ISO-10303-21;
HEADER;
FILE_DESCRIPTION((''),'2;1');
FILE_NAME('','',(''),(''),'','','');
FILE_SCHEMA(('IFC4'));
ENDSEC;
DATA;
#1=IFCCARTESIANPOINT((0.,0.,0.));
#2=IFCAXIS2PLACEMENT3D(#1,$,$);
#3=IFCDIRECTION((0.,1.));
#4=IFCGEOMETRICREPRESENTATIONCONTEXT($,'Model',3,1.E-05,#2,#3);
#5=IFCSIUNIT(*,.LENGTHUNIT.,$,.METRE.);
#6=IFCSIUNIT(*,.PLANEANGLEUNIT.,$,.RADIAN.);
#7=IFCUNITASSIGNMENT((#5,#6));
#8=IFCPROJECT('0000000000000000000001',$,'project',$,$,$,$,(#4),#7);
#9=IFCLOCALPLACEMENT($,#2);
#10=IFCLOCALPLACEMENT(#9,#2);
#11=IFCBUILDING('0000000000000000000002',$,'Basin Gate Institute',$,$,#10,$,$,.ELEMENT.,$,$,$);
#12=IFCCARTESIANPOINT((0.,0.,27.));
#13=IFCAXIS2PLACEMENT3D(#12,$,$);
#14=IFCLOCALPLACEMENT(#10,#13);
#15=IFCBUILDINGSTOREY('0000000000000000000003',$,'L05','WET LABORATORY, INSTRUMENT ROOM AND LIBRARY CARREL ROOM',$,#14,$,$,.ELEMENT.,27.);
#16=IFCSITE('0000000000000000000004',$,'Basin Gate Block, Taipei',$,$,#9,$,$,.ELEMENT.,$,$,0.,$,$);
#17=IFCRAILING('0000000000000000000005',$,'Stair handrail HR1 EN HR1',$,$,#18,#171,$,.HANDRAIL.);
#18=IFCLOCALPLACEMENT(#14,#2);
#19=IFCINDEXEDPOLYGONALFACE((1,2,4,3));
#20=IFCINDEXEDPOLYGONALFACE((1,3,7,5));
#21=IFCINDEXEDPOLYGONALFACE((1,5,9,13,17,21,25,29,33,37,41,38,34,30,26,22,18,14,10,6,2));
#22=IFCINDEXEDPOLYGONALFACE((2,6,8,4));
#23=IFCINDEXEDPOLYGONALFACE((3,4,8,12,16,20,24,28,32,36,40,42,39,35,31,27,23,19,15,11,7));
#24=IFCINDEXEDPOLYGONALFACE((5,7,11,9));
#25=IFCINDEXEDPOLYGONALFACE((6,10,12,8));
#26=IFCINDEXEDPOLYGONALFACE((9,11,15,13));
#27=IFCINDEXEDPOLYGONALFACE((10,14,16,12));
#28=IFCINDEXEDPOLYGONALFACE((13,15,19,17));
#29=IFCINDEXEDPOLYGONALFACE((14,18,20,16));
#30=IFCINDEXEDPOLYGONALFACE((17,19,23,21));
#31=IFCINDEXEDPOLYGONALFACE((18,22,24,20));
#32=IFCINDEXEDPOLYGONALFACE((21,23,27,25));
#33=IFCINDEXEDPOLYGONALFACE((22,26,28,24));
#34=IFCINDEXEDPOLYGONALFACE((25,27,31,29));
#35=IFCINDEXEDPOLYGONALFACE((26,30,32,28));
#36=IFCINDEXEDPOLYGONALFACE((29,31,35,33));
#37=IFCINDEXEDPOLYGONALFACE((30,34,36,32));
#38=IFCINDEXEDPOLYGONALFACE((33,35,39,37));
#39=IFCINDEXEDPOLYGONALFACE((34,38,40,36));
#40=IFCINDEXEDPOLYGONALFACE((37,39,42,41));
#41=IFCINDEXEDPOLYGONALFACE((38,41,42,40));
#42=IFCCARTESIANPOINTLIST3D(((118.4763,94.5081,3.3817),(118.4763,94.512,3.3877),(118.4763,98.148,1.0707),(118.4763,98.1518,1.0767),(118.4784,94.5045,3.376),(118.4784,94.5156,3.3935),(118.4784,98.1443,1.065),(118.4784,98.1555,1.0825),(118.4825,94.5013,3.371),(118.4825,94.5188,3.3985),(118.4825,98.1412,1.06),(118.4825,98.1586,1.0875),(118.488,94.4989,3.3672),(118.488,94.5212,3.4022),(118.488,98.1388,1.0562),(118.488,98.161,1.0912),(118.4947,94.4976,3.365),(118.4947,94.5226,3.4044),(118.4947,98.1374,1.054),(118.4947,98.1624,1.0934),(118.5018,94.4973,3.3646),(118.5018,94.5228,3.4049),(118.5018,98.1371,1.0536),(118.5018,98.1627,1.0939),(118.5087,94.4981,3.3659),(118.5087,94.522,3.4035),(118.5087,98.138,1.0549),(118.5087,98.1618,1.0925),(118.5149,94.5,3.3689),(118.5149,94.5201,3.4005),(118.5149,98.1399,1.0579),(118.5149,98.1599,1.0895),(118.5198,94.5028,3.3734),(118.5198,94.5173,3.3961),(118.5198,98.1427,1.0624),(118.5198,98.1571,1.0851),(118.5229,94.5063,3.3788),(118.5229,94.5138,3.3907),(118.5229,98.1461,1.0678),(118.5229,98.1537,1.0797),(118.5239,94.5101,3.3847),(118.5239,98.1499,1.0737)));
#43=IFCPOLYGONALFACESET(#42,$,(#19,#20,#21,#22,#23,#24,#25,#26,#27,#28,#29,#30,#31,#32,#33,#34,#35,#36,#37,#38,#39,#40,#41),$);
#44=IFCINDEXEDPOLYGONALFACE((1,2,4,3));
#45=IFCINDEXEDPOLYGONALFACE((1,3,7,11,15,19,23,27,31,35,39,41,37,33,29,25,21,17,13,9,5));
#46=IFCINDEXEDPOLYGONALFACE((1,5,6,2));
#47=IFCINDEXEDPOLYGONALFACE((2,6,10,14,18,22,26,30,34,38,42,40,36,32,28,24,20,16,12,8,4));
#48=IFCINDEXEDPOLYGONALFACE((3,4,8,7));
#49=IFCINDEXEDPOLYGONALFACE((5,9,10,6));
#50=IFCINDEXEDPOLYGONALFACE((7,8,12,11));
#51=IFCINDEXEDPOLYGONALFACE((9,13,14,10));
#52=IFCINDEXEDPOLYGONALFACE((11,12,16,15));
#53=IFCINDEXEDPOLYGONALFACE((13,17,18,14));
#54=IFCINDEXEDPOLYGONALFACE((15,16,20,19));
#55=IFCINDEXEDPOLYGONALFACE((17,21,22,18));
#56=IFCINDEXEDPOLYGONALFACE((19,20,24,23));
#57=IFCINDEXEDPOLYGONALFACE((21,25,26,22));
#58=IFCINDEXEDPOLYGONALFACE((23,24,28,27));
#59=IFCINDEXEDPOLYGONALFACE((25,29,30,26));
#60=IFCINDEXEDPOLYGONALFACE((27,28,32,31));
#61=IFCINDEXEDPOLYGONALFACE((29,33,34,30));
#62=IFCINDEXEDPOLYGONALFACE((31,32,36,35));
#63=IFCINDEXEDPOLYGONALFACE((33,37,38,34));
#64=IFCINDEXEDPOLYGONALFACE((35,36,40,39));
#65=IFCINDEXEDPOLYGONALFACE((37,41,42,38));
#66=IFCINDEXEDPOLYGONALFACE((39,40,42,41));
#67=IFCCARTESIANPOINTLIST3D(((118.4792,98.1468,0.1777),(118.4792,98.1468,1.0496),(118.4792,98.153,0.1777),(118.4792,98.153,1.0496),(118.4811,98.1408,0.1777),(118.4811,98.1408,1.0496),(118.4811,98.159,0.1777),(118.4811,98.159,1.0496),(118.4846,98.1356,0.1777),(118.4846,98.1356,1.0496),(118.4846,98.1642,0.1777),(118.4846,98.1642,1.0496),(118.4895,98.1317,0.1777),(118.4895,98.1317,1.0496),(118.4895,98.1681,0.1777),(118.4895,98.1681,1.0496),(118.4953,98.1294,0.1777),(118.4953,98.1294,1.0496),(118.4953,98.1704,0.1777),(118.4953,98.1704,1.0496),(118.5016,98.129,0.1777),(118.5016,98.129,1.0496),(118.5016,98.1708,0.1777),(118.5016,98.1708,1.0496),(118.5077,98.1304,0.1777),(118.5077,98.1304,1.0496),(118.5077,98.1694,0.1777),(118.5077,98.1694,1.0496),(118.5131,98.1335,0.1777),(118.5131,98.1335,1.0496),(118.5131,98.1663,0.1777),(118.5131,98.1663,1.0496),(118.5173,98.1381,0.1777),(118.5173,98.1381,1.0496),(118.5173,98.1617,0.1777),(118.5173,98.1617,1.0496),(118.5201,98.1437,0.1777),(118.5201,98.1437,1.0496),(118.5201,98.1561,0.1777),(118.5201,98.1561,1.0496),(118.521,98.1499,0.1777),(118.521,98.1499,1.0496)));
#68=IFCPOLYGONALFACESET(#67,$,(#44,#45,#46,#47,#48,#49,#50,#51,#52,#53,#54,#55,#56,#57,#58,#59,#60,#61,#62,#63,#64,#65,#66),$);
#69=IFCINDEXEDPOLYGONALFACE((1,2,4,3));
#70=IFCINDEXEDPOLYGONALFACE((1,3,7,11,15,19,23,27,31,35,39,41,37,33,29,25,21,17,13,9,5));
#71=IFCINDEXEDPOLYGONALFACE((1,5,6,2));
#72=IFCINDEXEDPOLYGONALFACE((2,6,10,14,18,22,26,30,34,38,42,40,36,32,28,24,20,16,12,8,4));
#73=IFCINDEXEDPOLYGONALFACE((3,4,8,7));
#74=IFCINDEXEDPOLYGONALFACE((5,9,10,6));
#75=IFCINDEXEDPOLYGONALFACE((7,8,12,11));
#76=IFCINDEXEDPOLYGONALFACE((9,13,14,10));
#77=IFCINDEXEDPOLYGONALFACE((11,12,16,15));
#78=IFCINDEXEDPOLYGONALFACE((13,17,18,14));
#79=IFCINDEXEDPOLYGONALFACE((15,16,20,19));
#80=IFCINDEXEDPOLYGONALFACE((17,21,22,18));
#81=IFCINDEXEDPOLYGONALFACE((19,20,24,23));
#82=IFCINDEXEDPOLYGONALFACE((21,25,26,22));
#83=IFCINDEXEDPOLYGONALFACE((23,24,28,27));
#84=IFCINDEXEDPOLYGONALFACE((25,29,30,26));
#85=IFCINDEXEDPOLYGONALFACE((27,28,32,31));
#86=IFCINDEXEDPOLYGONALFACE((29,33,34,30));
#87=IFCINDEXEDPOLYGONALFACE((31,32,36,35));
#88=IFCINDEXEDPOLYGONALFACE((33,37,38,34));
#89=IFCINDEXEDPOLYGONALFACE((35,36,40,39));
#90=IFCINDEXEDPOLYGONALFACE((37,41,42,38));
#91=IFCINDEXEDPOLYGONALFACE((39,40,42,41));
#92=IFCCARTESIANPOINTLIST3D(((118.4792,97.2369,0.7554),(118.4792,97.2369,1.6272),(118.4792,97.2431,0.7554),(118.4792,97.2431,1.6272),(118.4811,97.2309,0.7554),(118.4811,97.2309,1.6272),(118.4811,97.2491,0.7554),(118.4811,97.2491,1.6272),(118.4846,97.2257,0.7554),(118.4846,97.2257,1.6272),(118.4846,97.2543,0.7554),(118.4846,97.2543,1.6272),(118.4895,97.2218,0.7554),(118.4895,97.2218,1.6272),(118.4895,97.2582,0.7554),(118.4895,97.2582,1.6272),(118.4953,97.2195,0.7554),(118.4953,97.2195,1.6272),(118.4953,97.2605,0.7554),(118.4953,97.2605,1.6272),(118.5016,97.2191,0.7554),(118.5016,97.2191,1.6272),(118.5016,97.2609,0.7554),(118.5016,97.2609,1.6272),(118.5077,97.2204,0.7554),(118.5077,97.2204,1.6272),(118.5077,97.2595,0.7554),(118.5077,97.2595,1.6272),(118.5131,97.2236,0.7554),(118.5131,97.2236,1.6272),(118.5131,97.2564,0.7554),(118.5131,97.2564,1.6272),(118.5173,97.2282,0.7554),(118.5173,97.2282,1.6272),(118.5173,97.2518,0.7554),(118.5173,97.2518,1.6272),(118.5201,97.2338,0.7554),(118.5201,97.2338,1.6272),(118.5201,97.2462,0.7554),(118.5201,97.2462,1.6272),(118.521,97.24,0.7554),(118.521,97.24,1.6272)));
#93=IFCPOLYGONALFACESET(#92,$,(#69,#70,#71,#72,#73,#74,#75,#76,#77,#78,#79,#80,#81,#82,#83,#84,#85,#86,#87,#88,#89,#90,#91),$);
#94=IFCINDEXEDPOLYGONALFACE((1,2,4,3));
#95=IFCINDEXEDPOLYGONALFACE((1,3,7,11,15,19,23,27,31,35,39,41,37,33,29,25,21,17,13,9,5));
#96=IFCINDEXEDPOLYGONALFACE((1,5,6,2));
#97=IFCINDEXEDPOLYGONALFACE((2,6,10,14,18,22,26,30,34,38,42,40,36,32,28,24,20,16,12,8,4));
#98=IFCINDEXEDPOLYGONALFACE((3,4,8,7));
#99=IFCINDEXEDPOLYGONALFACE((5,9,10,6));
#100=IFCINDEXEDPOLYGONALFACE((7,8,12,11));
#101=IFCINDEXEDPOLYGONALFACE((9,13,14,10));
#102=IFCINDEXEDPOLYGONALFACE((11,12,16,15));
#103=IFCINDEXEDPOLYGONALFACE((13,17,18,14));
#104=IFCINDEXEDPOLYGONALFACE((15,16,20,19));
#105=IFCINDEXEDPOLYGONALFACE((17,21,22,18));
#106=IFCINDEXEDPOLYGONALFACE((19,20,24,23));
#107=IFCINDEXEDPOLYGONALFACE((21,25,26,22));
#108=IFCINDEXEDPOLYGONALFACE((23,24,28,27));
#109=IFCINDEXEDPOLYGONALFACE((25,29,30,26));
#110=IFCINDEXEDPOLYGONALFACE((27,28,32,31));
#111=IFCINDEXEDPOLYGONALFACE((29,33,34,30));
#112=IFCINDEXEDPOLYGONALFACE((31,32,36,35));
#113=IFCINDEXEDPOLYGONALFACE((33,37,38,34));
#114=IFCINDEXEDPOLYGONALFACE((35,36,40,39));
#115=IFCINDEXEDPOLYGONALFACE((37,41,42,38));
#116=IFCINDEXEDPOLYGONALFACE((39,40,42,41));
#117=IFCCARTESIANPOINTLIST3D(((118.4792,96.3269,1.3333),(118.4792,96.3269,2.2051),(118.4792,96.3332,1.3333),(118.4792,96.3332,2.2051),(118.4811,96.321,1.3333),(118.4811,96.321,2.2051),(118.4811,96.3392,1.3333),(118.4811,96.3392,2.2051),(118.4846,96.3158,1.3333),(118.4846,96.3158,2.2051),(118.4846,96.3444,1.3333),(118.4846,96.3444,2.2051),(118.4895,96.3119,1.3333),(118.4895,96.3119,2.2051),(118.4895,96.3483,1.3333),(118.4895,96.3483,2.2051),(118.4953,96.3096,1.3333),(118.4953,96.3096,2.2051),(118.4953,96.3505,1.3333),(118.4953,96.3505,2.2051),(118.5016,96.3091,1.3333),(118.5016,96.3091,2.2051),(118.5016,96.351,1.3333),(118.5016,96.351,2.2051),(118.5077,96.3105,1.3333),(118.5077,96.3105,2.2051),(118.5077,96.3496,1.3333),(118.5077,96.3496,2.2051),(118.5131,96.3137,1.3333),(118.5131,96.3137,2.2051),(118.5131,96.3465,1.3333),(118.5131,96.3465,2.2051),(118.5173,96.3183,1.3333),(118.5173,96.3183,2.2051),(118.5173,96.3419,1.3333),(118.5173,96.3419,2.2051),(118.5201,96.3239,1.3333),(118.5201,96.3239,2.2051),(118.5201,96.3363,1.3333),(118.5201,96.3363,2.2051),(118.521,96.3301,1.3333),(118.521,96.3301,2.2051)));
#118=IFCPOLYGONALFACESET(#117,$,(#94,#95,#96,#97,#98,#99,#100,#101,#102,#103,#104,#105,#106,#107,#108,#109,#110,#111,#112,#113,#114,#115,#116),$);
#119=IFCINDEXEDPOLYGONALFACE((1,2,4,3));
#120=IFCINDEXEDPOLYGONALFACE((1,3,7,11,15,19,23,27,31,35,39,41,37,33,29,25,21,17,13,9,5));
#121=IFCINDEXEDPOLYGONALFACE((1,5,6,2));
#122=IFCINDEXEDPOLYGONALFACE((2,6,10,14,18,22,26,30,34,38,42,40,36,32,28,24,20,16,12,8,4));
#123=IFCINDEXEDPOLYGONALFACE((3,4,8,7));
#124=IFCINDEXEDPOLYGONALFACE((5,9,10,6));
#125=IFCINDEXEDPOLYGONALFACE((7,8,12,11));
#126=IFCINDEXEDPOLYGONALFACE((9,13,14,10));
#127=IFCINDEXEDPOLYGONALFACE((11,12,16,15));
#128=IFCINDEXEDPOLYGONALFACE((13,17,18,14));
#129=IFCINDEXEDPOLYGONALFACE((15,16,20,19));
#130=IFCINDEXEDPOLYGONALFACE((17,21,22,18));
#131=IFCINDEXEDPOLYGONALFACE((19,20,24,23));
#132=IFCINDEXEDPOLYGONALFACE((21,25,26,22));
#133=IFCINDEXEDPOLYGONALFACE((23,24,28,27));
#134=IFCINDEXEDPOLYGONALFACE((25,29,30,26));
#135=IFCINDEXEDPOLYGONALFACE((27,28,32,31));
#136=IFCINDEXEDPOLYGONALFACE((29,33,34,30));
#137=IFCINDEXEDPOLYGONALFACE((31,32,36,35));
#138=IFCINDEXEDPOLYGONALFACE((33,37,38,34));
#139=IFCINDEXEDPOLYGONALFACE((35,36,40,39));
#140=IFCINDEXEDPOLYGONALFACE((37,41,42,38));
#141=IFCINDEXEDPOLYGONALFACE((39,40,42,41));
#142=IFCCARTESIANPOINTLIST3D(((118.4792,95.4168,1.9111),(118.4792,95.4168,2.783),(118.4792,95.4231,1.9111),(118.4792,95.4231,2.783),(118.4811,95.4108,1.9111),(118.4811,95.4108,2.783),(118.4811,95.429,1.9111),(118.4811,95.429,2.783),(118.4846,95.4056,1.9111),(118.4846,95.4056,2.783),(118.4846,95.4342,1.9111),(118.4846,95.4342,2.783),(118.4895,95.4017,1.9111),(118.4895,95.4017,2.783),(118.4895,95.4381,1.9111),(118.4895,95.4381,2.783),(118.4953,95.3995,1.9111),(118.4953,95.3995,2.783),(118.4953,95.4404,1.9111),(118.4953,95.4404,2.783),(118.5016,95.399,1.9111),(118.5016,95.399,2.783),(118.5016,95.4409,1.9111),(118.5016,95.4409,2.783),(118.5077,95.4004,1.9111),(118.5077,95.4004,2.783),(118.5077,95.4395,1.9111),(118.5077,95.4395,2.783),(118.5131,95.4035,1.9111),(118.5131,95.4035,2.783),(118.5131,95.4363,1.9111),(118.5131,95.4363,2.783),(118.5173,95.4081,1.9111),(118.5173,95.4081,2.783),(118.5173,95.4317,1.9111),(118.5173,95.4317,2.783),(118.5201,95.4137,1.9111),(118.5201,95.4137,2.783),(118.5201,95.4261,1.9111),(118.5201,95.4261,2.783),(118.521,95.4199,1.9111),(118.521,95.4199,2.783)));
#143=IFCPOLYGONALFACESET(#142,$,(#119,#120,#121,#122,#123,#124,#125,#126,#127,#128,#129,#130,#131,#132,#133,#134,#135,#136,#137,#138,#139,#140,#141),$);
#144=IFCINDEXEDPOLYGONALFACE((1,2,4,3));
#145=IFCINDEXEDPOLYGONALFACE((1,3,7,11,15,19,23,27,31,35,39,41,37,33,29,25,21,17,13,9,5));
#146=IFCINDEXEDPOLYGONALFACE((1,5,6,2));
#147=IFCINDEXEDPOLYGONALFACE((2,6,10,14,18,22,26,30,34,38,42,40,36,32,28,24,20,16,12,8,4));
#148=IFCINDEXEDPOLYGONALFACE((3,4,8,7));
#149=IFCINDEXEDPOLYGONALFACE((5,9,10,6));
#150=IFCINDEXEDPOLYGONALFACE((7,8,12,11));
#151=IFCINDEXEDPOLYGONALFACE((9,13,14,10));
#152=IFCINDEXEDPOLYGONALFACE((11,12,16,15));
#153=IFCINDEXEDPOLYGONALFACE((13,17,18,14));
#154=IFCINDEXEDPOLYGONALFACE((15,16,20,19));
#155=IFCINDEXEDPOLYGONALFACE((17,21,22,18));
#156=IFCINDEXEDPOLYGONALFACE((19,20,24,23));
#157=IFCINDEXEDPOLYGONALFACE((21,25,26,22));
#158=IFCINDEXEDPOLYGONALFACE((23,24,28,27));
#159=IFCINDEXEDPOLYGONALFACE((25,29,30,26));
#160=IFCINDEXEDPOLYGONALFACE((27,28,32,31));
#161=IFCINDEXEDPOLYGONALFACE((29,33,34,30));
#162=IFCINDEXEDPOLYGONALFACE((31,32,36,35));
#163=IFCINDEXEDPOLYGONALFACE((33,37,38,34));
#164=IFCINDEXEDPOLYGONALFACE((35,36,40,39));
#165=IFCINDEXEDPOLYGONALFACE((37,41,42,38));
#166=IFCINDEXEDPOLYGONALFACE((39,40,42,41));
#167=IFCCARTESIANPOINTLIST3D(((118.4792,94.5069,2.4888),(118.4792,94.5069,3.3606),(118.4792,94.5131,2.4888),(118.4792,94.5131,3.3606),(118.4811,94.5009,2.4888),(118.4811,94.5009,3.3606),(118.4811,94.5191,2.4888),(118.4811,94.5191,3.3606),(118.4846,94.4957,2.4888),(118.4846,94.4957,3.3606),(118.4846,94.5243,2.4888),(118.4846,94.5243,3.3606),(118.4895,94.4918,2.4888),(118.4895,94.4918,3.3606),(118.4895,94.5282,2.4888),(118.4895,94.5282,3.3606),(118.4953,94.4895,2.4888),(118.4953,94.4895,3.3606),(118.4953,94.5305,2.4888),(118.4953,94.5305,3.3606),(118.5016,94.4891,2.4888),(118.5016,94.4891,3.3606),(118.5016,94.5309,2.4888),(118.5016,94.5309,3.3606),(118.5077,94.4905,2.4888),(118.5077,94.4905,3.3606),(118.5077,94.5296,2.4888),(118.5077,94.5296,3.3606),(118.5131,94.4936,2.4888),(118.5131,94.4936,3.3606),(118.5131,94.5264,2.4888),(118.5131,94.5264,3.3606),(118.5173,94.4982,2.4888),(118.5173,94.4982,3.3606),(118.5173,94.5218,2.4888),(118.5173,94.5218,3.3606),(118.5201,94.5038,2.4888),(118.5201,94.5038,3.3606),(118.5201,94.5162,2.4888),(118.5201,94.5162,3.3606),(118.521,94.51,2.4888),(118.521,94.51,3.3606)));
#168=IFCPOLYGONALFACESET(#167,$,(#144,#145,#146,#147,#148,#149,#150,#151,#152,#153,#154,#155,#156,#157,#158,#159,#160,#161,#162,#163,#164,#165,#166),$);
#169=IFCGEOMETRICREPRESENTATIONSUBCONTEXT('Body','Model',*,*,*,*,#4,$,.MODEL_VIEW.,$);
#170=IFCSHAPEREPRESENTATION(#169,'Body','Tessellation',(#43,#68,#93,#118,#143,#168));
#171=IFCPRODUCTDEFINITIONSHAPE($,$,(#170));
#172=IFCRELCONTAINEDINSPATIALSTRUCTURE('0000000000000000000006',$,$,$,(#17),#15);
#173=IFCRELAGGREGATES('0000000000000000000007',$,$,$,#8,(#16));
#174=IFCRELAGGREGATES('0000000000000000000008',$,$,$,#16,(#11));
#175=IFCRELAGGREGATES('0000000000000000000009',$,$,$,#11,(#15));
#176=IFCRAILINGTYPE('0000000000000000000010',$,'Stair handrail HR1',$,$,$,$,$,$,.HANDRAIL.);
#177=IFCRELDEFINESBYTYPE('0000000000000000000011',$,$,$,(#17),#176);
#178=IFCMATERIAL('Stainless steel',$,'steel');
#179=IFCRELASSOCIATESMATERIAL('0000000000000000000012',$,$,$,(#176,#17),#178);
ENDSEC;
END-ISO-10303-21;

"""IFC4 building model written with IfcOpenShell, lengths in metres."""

from ifc_helpers import new_model, si_unit, direction, frame, origin, origin_2d, place, context, subcontext, project, spatial, circle, extrude, material, type_object, element, save


model = new_model("IFC4")

# Units and contexts
model_context = context("Model", 3, precision=1e-05, world=origin(), true_north=direction((0.0, 1.0)))
body_context = subcontext(model_context, "Body", "Model", "MODEL_VIEW")
ifc_project = project(units=[si_unit("LENGTHUNIT", "METRE"), si_unit("PLANEANGLEUNIT", "RADIAN")], contexts=[model_context])

# Site, building, storey
site_placement = place(None, origin())
site = spatial("IfcSite", under=ifc_project, at=site_placement, Name="Basin Gate Block, Taipei", CompositionType="ELEMENT", RefElevation=0.0)
building_placement = place(site_placement, origin())
building = spatial("IfcBuilding", under=site, at=building_placement, Name="Basin Gate Institute", CompositionType="ELEMENT")
storey_placement = place(building_placement, frame((0.0, 0.0, 27.0)))
storey = spatial("IfcBuildingStorey", under=building, at=storey_placement, Name="L05", Description="WET LABORATORY, INSTRUMENT ROOM AND LIBRARY CARREL ROOM", CompositionType="ELEMENT", Elevation=27.0)

# Railing
ifc_material_1 = material(Name="Stainless steel", Category="steel")
railing_type_1 = type_object("IfcRailingType", Name="Stair handrail HR1", PredefinedType="HANDRAIL", material=ifc_material_1)
for number, where, name in (
    (1, (118.5, 98.1499, 0.1777), "Stair handrail HR1 EN HR1"),
):
    element("IfcRailing", number, at=place(storey_placement, frame(where)), inside=storey, type_object=railing_type_1, material=ifc_material_1, Name=name, PredefinedType="HANDRAIL", context=body_context, shape_type="SweptSolid", body=[
        extrude(circle(Radius=0.0239, at=origin_2d()), frame((0.0, 0.0, 0.896), z_axis=(0.0, -0.844214, 0.536007), x_axis=(1.0, 0.0, 0.0)), (0.0, 0.0, 1.0), 4.3115),
        extrude(circle(Radius=0.021, at=origin_2d()), origin(), (0.0, 0.0, 1.0), 0.8718),
        extrude(circle(Radius=0.021, at=origin_2d()), frame((0.0, -0.9099, 0.5776)), (0.0, 0.0, 1.0), 0.8718),
        extrude(circle(Radius=0.021, at=origin_2d()), frame((0.0, -1.8198, 1.1555)), (0.0, 0.0, 1.0), 0.8718),
        extrude(circle(Radius=0.021, at=origin_2d()), frame((0.0, -2.73, 1.7334)), (0.0, 0.0, 1.0), 0.8718),
        extrude(circle(Radius=0.021, at=origin_2d()), frame((0.0, -3.6399, 2.311)), (0.0, 0.0, 1.0), 0.8718),
    ])

save(model, "model.ifc")
